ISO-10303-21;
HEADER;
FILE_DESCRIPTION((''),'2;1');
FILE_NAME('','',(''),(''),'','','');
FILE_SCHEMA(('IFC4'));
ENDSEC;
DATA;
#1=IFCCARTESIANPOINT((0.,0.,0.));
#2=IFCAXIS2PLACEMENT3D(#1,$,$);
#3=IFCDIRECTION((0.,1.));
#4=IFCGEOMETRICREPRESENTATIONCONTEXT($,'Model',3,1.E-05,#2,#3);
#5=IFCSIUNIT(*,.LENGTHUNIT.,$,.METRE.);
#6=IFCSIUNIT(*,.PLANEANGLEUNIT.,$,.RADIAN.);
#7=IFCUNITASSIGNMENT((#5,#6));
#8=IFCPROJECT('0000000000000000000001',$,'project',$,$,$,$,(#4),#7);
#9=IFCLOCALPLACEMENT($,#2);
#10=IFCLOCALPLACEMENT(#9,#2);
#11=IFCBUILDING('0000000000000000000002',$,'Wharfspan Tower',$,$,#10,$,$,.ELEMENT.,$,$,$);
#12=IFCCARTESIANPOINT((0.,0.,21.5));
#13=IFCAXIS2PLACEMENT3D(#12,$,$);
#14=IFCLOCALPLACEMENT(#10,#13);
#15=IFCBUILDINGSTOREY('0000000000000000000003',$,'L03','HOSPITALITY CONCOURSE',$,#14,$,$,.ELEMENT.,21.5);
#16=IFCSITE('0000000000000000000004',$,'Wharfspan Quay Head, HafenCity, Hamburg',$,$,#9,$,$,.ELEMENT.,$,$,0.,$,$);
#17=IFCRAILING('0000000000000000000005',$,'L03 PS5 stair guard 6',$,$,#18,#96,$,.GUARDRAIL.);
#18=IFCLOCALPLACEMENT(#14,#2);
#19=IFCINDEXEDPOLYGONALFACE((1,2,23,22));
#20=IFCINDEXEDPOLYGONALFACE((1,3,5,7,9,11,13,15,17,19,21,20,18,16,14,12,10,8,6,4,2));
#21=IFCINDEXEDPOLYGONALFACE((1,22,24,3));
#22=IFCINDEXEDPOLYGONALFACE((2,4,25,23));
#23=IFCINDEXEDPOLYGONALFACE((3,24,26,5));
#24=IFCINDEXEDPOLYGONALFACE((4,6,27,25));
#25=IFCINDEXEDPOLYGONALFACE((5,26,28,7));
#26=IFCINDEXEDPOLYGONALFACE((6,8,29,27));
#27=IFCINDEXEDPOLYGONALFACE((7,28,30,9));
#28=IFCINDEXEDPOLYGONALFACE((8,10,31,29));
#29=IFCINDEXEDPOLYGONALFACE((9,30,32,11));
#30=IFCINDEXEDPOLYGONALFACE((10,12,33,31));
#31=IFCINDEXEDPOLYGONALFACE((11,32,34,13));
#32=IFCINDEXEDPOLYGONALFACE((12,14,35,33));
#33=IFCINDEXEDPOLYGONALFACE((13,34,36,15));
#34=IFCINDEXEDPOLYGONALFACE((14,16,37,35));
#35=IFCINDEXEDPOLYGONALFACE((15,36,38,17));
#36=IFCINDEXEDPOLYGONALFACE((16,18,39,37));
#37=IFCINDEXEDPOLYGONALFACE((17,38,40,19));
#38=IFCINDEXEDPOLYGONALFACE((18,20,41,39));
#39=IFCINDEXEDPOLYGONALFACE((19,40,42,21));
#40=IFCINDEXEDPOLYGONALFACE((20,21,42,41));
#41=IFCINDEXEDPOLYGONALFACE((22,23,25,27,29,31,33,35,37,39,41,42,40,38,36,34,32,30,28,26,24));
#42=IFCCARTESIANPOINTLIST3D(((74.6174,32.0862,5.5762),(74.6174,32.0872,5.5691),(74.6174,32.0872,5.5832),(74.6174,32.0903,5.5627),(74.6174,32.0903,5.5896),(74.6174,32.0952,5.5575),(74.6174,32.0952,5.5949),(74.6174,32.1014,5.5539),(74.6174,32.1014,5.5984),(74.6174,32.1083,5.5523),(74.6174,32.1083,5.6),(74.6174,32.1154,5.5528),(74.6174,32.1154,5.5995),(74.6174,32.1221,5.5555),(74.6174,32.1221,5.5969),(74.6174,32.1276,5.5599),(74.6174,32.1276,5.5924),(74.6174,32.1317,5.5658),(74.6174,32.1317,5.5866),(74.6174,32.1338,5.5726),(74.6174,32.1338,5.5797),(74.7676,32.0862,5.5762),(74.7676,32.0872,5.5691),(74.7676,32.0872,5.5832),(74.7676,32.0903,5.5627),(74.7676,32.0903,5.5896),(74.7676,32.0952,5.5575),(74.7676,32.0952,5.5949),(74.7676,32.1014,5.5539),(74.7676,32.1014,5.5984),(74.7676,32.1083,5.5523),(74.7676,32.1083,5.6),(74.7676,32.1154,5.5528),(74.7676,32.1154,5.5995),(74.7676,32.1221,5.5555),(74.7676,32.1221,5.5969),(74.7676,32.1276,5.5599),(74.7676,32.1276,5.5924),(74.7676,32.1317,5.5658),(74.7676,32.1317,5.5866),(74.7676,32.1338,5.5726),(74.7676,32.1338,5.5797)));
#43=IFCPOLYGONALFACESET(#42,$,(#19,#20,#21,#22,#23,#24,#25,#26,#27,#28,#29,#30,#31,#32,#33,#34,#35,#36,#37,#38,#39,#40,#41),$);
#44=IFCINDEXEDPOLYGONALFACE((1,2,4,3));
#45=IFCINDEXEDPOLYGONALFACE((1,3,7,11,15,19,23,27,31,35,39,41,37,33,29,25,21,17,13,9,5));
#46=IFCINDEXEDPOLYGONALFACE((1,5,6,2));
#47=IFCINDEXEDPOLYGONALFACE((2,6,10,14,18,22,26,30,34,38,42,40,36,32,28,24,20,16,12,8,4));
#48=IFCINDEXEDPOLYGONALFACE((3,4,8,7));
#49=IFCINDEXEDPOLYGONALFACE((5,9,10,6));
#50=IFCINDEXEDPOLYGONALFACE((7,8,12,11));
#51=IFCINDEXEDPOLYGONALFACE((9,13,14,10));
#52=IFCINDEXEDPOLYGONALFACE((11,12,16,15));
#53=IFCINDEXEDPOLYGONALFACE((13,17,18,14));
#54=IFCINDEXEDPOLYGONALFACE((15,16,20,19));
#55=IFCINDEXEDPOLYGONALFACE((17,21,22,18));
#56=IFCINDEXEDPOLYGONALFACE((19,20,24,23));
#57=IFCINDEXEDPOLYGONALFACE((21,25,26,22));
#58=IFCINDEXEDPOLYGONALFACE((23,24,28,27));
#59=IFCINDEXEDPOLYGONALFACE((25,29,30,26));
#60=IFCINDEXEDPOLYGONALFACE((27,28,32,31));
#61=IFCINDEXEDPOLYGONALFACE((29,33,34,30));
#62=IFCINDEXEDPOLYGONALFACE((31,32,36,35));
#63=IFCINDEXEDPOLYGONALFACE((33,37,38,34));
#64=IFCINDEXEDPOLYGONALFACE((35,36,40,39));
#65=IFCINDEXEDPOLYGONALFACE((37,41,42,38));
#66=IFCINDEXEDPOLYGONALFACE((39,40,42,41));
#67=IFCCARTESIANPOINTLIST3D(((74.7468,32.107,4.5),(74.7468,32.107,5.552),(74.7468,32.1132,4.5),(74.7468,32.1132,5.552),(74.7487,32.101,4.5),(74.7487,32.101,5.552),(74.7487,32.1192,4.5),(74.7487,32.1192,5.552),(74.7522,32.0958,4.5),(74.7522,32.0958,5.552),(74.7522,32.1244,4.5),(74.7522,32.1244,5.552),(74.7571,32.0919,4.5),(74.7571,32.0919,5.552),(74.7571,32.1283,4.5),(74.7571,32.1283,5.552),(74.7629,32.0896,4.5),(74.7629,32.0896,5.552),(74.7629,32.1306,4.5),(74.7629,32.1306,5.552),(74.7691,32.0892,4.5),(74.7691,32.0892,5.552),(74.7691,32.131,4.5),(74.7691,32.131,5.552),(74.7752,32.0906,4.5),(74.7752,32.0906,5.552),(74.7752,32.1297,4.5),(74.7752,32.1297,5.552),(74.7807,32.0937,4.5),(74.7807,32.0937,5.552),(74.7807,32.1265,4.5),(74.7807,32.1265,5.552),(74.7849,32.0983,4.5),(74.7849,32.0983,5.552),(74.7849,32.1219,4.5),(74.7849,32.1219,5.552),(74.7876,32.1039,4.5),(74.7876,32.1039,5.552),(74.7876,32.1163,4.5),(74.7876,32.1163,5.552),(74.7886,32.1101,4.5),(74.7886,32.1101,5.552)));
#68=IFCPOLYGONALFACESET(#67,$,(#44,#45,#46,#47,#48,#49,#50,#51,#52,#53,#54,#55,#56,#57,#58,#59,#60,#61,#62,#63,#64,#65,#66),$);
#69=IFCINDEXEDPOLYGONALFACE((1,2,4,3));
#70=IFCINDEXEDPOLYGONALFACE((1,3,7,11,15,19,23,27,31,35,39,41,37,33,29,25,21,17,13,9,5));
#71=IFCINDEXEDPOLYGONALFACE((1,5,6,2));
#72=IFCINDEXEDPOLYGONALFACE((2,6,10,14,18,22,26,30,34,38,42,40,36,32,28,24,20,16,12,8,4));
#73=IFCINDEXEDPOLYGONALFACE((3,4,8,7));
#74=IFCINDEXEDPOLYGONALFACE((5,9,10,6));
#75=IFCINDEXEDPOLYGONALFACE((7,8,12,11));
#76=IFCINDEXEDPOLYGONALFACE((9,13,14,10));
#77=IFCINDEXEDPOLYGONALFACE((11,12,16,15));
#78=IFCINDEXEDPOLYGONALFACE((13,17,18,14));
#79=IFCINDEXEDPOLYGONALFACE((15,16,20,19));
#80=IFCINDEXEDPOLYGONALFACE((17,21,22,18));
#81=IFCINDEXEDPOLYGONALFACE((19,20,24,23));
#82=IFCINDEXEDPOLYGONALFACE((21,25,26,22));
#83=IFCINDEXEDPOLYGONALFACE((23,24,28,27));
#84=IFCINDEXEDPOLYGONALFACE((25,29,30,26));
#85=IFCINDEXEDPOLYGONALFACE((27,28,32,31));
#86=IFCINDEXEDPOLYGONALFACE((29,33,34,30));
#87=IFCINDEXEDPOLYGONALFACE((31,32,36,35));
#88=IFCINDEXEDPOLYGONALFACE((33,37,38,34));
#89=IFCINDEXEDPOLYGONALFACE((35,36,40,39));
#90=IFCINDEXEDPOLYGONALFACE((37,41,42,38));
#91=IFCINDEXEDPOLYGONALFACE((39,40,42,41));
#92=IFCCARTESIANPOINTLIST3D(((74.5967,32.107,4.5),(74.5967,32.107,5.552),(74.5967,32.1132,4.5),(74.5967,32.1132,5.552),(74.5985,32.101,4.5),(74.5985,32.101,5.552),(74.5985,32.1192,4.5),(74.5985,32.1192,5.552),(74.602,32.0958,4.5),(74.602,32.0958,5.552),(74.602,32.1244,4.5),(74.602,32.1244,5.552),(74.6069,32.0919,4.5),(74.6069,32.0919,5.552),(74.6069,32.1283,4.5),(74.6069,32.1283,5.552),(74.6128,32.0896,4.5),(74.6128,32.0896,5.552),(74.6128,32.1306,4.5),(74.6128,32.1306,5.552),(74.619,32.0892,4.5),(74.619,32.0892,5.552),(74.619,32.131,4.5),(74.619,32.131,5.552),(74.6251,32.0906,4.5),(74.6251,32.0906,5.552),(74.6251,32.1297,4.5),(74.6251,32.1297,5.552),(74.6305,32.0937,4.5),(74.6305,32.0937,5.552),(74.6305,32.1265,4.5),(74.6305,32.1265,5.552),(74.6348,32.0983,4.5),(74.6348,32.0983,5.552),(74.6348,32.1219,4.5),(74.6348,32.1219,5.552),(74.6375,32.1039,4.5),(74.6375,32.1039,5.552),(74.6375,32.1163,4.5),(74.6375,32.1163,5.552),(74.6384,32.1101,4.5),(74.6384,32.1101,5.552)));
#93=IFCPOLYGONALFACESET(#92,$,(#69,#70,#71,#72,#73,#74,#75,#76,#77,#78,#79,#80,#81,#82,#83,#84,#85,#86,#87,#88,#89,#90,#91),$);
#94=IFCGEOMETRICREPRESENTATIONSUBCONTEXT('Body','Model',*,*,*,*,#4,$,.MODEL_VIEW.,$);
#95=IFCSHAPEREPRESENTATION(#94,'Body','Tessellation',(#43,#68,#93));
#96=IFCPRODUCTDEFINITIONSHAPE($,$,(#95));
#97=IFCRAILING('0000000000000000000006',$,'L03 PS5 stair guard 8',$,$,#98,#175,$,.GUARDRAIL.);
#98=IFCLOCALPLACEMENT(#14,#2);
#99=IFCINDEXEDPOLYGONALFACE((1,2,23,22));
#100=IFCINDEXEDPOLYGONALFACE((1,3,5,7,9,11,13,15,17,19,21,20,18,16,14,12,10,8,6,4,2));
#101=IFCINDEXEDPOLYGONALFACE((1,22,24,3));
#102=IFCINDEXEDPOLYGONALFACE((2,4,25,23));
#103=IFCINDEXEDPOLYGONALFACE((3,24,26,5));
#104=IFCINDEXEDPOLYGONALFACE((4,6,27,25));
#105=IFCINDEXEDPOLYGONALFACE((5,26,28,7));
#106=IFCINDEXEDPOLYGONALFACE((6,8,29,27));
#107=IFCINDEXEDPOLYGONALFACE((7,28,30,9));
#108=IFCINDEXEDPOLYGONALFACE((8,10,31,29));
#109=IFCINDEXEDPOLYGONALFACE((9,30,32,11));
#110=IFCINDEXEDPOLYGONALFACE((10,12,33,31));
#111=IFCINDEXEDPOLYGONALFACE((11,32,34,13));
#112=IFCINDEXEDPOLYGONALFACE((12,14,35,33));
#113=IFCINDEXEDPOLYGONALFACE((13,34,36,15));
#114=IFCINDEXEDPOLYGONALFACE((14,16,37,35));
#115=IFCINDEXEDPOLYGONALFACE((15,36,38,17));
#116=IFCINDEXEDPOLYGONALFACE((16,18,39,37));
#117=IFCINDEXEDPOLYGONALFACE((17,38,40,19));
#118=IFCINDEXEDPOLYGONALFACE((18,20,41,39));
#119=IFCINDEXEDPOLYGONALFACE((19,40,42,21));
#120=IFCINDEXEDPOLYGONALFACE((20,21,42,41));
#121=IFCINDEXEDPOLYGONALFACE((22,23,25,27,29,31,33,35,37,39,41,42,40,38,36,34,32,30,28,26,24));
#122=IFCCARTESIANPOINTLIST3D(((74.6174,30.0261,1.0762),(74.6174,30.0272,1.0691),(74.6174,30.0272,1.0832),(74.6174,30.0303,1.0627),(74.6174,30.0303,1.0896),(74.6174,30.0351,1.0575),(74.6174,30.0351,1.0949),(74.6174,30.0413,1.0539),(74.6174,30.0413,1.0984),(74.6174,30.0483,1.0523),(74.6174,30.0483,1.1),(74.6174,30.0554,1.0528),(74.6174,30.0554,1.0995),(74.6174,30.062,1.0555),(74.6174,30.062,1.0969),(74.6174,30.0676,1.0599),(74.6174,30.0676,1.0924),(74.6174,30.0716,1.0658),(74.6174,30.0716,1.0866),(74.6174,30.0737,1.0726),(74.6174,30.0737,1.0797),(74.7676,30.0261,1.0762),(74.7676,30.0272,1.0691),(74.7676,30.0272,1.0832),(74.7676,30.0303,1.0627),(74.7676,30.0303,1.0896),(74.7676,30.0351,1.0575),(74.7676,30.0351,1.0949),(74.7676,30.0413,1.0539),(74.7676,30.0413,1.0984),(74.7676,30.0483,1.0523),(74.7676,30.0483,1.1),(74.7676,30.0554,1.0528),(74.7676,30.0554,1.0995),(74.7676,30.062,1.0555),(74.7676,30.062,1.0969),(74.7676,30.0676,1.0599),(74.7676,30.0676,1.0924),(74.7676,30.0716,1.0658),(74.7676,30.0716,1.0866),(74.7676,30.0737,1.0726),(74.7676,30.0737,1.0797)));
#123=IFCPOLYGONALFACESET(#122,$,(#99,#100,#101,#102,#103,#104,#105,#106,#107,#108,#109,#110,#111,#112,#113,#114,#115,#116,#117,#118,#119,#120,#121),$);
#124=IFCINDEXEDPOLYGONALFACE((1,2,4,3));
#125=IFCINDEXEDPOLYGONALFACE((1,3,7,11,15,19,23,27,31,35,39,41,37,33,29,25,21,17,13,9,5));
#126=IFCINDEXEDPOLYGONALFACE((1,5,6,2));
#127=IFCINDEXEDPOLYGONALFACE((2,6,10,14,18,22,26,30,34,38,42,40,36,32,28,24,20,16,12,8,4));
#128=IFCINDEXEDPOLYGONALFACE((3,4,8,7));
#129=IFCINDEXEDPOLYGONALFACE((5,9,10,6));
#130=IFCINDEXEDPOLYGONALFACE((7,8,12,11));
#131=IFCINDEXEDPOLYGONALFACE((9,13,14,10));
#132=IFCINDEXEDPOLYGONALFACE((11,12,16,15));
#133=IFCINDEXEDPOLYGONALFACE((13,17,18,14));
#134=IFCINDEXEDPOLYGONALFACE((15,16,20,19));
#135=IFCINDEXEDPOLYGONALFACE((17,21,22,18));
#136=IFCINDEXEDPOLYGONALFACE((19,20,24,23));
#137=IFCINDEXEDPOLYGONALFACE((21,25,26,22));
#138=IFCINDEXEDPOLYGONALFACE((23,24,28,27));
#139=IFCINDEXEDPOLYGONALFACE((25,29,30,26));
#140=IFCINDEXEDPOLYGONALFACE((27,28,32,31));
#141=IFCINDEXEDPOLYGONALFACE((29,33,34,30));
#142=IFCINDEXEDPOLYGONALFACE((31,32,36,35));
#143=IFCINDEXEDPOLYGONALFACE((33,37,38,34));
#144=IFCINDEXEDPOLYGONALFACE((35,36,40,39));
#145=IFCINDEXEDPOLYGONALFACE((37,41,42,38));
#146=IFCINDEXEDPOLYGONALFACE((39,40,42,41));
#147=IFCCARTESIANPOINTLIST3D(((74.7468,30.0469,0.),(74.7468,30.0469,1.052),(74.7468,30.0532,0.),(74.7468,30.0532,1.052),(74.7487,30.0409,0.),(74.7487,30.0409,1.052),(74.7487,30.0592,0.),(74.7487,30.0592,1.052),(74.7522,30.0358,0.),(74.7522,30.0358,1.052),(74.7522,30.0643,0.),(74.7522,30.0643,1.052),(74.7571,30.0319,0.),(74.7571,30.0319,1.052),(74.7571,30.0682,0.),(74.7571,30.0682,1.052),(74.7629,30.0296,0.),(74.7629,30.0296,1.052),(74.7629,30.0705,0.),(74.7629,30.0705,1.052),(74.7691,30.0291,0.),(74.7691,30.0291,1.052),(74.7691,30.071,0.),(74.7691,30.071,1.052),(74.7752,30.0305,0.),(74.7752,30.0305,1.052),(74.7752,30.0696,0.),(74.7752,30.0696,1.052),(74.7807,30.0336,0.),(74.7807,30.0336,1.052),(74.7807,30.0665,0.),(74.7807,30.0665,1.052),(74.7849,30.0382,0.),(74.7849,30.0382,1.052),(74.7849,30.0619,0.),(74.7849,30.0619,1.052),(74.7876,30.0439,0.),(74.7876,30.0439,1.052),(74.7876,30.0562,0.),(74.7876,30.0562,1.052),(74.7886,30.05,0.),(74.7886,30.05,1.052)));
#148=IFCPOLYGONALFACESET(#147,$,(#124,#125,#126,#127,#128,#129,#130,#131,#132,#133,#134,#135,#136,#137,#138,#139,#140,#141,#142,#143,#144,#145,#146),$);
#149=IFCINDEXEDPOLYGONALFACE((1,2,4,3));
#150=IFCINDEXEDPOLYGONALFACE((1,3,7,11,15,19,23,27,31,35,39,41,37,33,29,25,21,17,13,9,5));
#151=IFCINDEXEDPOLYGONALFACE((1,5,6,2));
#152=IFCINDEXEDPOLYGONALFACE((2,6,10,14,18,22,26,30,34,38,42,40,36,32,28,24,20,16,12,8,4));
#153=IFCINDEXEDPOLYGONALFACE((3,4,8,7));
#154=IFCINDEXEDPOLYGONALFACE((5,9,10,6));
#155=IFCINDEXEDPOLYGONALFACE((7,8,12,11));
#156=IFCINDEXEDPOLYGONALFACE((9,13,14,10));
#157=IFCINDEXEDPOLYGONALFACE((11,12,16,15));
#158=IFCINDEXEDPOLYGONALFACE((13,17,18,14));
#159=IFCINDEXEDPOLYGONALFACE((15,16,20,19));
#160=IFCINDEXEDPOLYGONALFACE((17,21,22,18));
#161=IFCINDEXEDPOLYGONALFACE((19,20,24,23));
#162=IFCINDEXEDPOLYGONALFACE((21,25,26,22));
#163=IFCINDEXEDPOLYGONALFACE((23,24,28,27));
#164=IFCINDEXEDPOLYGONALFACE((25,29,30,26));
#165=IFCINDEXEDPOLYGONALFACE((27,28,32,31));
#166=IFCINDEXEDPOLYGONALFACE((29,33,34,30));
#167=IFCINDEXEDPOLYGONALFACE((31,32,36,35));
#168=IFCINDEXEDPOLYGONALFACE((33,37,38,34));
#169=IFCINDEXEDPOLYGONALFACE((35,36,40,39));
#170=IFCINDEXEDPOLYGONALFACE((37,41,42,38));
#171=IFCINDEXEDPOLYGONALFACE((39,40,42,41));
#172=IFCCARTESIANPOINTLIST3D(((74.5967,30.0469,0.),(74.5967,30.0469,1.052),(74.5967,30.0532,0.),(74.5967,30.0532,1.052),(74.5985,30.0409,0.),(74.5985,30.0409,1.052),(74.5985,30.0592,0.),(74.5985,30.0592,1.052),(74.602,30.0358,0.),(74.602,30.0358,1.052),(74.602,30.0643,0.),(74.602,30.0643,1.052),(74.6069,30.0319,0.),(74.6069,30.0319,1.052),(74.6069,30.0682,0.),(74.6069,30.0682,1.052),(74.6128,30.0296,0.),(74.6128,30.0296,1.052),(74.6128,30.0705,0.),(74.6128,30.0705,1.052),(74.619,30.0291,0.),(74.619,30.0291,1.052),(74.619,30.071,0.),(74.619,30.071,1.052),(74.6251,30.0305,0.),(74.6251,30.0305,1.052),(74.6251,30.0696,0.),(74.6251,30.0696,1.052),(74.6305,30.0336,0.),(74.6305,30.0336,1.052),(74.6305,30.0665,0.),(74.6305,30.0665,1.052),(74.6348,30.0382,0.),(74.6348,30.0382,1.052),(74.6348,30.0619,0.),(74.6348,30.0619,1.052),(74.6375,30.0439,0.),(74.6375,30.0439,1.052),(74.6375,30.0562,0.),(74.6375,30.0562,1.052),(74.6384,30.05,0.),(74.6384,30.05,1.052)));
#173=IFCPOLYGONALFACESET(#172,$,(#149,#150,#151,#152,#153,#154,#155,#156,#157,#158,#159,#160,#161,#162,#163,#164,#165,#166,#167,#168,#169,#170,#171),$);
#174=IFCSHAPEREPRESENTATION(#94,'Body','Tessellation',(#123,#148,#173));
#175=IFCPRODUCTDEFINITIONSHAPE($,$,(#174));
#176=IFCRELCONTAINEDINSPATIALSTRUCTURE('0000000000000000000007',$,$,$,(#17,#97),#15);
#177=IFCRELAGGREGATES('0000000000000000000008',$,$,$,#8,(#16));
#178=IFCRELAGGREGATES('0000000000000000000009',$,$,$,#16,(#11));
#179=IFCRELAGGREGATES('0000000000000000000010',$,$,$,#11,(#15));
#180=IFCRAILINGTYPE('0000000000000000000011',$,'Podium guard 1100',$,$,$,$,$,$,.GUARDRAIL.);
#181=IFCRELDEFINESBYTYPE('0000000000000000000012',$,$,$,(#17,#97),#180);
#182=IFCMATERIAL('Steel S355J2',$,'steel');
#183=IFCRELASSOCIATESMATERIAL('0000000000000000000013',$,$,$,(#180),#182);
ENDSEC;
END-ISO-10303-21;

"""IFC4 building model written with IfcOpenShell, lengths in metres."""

from ifc_helpers import new_model, si_unit, direction, frame, origin, origin_2d, place, context, subcontext, project, spatial, circle, extrude, material, type_object, element, save


model = new_model("IFC4")

# Units and contexts
model_context = context("Model", 3, precision=1e-05, world=origin(), true_north=direction((0.0, 1.0)))
body_context = subcontext(model_context, "Body", "Model", "MODEL_VIEW")
ifc_project = project(units=[si_unit("LENGTHUNIT", "METRE"), si_unit("PLANEANGLEUNIT", "RADIAN")], contexts=[model_context])

# Site, building, storey
site_placement = place(None, origin())
site = spatial("IfcSite", under=ifc_project, at=site_placement, Name="Wharfspan Quay Head, HafenCity, Hamburg", CompositionType="ELEMENT", RefElevation=0.0)
building_placement = place(site_placement, origin())
building = spatial("IfcBuilding", under=site, at=building_placement, Name="Wharfspan Tower", CompositionType="ELEMENT")
storey_placement = place(building_placement, frame((0.0, 0.0, 21.5)))
storey = spatial("IfcBuildingStorey", under=building, at=storey_placement, Name="L03", Description="HOSPITALITY CONCOURSE", CompositionType="ELEMENT", Elevation=21.5)

# Railings
ifc_material_1 = material(Name="Steel S355J2", Category="steel")
railing_type_1 = type_object("IfcRailingType", Name="Podium guard 1100", PredefinedType="GUARDRAIL", material=ifc_material_1)
for number, where, name in (
    (1, (74.7676, 32.1101, 4.5), "L03 PS5 stair guard 6"),
    (2, (74.7676, 30.05, 0.0), "L03 PS5 stair guard 8"),
):
    element("IfcRailing", number, at=place(storey_placement, frame(where)), inside=storey, type_object=railing_type_1, Name=name, PredefinedType="GUARDRAIL", context=body_context, shape_type="SweptSolid", body=[
        extrude(circle(Radius=0.0239, at=origin_2d()), frame((0.0, 0.0, 1.0762), z_axis=(-1.0, 0.0, 0.0), x_axis=(0.0, -1.0, 0.0)), (0.0, 0.0, 1.0), 0.1501),
        extrude(circle(Radius=0.021, at=origin_2d()), origin(), (0.0, 0.0, 1.0), 1.052),
        extrude(circle(Radius=0.021, at=origin_2d()), frame((-0.1501, 0.0, 0.0)), (0.0, 0.0, 1.0), 1.052),
    ])

save(model, "model.ifc")
